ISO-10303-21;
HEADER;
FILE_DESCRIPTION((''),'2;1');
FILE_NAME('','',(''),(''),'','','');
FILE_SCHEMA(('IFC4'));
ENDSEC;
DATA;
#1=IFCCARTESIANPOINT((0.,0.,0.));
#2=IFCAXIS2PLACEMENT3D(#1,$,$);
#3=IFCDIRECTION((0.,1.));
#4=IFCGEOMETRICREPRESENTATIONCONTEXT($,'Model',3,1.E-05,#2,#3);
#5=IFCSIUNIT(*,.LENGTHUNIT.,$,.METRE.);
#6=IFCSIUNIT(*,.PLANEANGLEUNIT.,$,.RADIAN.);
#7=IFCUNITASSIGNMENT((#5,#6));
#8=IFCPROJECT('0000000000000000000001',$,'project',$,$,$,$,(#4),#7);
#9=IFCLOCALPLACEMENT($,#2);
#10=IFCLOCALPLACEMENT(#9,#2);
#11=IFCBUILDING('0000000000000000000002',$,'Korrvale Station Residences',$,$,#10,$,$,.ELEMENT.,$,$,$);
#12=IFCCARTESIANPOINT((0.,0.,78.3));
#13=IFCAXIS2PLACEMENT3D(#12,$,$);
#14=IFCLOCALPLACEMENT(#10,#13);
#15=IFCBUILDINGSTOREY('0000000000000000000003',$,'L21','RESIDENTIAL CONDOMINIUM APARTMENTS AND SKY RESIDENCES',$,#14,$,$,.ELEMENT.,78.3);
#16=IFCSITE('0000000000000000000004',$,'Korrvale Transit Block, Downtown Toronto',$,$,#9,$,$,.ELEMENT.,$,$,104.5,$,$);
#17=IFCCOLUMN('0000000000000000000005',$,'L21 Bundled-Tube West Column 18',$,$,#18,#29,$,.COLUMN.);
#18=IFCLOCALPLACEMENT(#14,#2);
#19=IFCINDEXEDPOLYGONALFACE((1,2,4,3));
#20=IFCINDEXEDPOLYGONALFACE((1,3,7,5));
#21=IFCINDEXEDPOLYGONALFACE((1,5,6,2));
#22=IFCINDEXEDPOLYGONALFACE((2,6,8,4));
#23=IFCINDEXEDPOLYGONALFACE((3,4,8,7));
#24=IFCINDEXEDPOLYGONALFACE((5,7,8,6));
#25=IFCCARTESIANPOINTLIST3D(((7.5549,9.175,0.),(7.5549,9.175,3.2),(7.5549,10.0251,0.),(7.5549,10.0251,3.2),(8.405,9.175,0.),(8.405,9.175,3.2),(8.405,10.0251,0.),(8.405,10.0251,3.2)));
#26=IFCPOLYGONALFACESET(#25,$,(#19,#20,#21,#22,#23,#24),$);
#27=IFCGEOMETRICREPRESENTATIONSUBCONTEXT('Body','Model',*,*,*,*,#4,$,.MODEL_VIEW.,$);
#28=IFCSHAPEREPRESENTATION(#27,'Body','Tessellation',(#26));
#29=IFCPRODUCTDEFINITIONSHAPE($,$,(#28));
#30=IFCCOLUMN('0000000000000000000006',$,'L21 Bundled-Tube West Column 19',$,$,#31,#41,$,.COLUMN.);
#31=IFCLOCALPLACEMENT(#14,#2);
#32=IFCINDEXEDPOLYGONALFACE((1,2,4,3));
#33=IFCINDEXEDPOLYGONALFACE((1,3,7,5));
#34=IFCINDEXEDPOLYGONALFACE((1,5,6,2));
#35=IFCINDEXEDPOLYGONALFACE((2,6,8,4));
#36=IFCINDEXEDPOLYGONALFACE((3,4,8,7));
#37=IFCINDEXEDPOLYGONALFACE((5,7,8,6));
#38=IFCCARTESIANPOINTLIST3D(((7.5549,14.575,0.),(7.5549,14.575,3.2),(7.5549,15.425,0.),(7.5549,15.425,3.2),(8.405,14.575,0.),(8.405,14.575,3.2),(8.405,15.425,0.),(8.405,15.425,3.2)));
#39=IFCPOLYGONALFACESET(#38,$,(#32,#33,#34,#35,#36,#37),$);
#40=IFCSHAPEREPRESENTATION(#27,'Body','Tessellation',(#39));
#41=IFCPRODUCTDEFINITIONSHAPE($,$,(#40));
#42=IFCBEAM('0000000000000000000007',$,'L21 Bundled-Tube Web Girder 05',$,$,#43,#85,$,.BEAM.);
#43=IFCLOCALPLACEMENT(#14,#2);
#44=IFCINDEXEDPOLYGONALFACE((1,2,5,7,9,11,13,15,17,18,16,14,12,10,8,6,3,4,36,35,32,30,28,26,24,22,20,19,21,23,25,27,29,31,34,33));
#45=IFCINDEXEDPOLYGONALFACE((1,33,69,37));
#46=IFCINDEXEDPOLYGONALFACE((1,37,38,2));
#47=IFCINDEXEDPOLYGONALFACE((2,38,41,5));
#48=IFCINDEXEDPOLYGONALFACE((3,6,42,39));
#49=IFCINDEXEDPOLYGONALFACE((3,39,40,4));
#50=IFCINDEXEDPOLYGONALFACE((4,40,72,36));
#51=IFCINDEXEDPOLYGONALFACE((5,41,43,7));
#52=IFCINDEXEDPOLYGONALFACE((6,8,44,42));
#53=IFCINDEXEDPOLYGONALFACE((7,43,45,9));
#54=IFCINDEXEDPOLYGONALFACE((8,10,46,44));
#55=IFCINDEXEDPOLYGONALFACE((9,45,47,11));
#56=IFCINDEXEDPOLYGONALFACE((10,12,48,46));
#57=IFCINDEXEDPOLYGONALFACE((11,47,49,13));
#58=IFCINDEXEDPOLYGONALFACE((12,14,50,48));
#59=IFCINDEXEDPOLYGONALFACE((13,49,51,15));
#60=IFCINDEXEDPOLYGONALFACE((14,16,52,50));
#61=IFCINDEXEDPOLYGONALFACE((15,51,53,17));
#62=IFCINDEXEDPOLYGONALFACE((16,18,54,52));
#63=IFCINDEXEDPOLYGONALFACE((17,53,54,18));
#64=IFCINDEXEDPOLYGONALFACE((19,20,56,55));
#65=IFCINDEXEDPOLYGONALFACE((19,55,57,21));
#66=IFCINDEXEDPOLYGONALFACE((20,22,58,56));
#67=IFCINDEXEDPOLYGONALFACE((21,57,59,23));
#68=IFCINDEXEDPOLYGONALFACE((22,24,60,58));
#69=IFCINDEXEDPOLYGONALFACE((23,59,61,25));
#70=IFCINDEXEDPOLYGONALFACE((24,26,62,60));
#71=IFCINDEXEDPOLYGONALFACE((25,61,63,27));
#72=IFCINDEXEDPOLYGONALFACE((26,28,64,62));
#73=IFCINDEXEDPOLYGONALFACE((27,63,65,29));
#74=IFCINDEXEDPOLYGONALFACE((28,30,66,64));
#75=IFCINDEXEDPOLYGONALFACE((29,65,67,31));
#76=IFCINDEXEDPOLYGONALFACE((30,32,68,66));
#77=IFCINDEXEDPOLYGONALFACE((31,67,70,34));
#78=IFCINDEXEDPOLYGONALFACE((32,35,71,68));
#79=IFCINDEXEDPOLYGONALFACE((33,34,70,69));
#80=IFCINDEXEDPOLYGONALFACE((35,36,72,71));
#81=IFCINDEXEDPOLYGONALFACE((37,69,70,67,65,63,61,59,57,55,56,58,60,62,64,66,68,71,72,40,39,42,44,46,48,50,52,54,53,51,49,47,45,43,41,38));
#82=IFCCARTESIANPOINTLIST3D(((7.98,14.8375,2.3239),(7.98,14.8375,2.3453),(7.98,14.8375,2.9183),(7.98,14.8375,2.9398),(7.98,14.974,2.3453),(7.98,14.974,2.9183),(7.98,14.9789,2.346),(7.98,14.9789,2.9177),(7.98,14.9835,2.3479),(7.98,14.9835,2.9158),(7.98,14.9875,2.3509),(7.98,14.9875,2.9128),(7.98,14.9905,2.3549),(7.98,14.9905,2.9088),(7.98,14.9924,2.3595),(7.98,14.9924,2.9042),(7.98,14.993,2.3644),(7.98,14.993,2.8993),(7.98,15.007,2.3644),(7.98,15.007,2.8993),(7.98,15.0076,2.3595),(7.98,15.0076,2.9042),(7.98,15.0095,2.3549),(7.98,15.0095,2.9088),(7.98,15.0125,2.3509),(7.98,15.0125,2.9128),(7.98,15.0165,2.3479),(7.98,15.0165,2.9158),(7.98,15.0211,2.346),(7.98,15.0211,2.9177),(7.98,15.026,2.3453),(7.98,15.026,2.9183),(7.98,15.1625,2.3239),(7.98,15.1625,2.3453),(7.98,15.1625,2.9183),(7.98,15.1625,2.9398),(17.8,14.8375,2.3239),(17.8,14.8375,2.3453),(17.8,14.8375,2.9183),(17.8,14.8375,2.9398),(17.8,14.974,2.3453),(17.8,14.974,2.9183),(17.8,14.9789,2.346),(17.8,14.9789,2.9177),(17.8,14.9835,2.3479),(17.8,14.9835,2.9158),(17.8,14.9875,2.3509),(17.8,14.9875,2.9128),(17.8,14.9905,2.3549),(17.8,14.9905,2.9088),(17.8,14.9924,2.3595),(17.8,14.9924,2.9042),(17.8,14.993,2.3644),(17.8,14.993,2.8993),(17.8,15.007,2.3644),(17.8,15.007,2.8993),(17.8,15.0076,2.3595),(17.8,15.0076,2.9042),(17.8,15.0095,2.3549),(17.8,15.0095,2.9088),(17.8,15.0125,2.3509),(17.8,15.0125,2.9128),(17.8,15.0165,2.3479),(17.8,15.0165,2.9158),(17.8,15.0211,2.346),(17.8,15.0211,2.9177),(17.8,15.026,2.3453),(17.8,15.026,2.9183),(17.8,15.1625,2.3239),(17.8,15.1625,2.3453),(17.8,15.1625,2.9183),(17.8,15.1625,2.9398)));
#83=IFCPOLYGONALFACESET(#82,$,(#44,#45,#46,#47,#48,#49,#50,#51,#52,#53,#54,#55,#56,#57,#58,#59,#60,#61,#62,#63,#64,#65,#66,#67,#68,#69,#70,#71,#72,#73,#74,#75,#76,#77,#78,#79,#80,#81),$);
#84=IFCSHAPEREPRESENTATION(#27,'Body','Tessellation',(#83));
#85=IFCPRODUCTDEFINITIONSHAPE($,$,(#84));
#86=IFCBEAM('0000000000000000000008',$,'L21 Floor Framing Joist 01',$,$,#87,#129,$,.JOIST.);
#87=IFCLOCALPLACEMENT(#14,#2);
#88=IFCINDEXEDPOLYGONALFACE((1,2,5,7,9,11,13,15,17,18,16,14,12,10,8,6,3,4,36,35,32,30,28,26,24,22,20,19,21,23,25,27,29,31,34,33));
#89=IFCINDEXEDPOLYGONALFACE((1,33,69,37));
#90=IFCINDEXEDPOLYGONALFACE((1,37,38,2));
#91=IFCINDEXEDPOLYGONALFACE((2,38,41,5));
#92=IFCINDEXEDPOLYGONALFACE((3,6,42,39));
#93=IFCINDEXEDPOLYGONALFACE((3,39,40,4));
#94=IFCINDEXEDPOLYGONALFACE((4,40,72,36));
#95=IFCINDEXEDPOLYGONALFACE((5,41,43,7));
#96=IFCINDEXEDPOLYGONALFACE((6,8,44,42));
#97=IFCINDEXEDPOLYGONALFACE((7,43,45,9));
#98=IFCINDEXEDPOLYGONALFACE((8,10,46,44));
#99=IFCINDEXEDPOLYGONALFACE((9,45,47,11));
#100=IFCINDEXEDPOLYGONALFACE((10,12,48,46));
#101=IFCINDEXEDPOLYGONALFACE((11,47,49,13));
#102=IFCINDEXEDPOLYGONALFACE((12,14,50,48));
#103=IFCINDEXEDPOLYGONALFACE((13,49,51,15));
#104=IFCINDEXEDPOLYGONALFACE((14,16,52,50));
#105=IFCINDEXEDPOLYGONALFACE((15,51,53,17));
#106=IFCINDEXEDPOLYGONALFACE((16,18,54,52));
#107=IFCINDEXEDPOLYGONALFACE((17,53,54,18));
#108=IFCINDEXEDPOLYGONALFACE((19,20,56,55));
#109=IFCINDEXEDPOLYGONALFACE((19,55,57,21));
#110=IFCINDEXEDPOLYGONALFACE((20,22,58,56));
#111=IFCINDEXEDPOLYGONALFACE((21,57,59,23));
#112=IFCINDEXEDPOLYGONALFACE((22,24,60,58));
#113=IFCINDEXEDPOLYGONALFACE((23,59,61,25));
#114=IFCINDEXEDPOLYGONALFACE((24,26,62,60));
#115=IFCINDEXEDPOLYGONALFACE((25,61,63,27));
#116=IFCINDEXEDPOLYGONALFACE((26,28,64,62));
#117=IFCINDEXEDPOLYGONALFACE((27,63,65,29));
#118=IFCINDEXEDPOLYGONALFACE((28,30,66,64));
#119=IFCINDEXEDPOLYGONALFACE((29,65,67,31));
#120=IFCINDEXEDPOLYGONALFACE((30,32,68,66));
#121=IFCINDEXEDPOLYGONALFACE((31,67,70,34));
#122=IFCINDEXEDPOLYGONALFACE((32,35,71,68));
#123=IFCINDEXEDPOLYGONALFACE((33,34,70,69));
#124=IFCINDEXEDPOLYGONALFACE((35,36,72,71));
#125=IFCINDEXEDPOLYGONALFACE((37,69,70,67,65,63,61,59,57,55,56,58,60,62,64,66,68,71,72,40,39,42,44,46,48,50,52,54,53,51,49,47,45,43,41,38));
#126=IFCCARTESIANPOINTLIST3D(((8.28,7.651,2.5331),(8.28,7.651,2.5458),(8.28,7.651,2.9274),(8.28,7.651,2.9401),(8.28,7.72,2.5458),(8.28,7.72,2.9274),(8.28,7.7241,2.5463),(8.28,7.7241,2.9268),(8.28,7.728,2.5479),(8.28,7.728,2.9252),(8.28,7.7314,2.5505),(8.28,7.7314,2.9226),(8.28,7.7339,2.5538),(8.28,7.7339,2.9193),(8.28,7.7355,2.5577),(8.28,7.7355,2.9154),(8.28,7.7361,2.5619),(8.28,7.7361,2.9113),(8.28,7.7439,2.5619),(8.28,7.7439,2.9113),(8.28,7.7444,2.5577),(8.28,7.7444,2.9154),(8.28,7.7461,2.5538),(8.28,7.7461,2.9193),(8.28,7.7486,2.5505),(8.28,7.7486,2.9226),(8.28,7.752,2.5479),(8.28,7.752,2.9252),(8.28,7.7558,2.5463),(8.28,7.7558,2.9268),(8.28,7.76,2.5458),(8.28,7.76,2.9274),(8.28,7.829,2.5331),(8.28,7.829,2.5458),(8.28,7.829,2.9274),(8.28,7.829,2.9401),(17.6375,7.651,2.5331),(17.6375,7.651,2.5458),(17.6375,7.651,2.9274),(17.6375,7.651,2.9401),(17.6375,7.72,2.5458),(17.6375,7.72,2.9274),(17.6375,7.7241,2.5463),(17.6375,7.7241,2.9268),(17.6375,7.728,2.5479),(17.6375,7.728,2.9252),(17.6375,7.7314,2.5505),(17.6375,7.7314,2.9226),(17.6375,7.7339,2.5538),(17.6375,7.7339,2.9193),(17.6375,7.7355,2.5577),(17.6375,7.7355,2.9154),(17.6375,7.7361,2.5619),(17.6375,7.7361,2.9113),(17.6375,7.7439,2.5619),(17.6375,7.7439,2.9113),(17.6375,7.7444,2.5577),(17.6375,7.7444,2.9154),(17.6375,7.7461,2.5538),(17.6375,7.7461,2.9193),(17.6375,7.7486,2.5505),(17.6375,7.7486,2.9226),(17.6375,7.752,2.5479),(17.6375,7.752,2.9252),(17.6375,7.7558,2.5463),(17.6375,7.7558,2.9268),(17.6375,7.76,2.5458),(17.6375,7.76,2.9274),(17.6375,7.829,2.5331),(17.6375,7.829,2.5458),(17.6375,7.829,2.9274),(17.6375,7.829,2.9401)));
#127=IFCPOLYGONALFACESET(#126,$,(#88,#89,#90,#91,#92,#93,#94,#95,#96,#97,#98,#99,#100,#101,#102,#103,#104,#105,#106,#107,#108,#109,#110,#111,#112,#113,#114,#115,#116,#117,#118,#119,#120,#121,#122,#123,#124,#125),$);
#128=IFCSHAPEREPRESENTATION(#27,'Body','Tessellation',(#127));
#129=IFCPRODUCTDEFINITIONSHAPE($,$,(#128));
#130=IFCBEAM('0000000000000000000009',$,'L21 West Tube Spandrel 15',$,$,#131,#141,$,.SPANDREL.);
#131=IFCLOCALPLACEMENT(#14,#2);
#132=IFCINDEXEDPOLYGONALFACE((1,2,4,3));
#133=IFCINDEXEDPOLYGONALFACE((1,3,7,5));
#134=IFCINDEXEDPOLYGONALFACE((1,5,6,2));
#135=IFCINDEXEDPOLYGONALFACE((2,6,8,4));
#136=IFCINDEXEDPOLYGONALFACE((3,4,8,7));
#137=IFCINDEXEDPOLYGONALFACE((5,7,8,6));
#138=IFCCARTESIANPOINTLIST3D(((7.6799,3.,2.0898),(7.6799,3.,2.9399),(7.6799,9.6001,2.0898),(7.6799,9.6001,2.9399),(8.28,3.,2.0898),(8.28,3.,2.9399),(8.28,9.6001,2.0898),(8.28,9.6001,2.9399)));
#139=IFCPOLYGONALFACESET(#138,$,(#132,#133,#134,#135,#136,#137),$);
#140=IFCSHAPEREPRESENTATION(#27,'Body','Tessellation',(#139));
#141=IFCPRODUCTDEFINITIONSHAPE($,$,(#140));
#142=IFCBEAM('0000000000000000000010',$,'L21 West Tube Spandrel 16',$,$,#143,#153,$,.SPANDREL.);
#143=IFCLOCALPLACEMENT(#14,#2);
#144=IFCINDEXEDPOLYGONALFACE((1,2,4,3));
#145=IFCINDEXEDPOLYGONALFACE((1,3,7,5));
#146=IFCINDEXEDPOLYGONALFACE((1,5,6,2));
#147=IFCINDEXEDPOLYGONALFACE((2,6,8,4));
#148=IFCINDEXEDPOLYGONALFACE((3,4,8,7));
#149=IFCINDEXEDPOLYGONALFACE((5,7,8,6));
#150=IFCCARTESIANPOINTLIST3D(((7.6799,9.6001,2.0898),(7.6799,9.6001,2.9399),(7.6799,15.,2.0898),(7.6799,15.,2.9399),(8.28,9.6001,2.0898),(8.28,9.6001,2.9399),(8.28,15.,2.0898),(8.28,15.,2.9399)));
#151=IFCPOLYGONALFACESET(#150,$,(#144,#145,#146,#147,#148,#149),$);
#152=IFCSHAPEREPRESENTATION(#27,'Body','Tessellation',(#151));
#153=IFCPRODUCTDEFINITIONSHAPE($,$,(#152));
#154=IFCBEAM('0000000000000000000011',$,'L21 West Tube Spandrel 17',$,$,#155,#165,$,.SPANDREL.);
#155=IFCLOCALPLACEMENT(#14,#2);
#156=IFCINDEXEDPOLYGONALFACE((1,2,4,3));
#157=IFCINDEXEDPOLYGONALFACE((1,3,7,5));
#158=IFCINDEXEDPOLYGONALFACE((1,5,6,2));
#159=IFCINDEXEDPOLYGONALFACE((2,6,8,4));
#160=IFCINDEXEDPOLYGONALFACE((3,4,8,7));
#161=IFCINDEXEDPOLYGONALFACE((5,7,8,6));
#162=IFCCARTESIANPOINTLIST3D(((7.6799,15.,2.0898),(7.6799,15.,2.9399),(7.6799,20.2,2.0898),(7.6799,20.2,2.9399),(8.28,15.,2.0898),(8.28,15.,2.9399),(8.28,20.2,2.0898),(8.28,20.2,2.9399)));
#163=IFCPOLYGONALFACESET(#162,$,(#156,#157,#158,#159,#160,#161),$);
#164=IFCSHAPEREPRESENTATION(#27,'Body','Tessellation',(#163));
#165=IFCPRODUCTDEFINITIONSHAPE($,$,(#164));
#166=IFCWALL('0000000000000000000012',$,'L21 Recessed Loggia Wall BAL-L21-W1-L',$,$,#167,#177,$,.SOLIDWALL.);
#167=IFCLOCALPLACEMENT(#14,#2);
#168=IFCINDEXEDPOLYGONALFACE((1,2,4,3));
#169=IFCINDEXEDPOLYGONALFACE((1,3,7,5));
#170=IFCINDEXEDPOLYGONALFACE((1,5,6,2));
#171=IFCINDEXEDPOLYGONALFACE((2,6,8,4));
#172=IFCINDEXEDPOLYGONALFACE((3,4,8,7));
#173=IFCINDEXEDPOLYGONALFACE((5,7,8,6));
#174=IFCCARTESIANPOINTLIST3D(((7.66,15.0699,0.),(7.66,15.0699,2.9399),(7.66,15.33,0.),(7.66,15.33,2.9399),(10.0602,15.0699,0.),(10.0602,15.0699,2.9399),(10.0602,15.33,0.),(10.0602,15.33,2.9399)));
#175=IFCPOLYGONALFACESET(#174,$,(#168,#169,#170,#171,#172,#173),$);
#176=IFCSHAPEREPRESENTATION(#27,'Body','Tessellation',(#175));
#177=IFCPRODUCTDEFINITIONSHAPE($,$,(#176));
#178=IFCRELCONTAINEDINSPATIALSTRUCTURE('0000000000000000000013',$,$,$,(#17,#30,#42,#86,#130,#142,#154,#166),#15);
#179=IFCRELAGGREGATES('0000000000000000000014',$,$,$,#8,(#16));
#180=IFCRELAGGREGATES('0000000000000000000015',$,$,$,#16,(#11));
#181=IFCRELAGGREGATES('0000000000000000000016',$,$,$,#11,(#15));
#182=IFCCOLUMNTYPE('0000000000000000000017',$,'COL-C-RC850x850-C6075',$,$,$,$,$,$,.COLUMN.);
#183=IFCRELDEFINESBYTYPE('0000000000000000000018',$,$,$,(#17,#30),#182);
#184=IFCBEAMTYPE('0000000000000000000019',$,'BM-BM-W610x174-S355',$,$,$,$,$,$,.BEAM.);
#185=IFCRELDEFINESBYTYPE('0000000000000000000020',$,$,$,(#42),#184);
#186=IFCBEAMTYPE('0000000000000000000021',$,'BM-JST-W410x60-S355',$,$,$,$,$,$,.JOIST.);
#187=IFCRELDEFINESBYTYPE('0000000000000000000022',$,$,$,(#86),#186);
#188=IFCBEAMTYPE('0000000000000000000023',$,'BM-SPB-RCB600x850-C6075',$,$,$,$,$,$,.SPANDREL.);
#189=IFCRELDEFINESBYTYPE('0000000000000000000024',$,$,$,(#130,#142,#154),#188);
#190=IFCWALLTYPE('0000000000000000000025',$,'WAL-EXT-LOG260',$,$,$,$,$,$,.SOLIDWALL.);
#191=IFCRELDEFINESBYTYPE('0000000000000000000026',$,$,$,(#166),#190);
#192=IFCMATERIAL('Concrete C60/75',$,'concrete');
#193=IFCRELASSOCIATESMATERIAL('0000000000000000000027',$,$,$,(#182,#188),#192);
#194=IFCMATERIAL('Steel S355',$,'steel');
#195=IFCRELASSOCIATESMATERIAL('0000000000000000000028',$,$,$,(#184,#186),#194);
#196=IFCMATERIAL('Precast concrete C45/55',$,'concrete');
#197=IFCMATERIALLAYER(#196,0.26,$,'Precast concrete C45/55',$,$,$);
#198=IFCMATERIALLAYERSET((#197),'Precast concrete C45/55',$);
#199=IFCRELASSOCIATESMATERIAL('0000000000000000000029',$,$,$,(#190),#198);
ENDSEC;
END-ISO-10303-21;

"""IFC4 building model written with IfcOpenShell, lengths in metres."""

from ifc_helpers import new_model, si_unit, direction, frame, frame_2d, origin, origin_2d, place, context, subcontext, project, spatial, rectangle, i_section, extrude, material, layer, layer_set, material_profile, profile_set, type_object, element, save


model = new_model("IFC4")

# Units and contexts
model_context = context("Model", 3, precision=1e-05, world=origin(), true_north=direction((0.0, 1.0)))
body_context = subcontext(model_context, "Body", "Model", "MODEL_VIEW")
ifc_project = project(units=[si_unit("LENGTHUNIT", "METRE"), si_unit("PLANEANGLEUNIT", "RADIAN")], contexts=[model_context])

# Site, building, storey
site_placement = place(None, origin())
site = spatial("IfcSite", under=ifc_project, at=site_placement, Name="Korrvale Transit Block, Downtown Toronto", CompositionType="ELEMENT", RefElevation=104.5)
building_placement = place(site_placement, origin())
building = spatial("IfcBuilding", under=site, at=building_placement, Name="Korrvale Station Residences", CompositionType="ELEMENT")
storey_placement = place(building_placement, frame((0.0, 0.0, 78.3)))
storey = spatial("IfcBuildingStorey", under=building, at=storey_placement, Name="L21", Description="RESIDENTIAL CONDOMINIUM APARTMENTS AND SKY RESIDENCES", CompositionType="ELEMENT", Elevation=78.3)

# Columns
ifc_material_1 = material(Name="Concrete C60/75", Category="concrete")
ifc_material_profile_1 = material_profile(ifc_material_1, rectangle(XDim=0.8501, YDim=0.8501, at=origin_2d()), Name="RC850x850")
ifc_profile_set_1 = profile_set([ifc_material_profile_1], Name="Concrete C60/75")
column_type = type_object("IfcColumnType", Name="COL-C-RC850x850-C6075", PredefinedType="COLUMN", material=ifc_profile_set_1)
for number, where, z_axis, x_axis, name in (
    (1, (7.98, 9.6001, 0.0), (0.0, 0.0, 1.0), (1.0, 0.0, 0.0), "L21 Bundled-Tube West Column 18"),
    (2, (7.98, 15.0, 0.0), (0.0, 0.0, 1.0), (1.0, 0.0, 0.0), "L21 Bundled-Tube West Column 19"),
):
    element("IfcColumn", number, at=place(storey_placement, frame(where, z_axis=z_axis, x_axis=x_axis)), inside=storey, type_object=column_type, Name=name, PredefinedType="COLUMN", context=body_context, shape_type="SweptSolid", body=[
        extrude(rectangle(XDim=0.8501, YDim=0.8501, at=origin_2d()), origin(), (0.0, 0.0, 1.0), 3.2),
    ])

# Beams
ifc_material_2 = material(Name="Steel S355", Category="steel")
ifc_material_profile_2 = material_profile(ifc_material_2, i_section(OverallWidth=0.325, OverallDepth=0.616, WebThickness=0.0139, FlangeThickness=0.0215, FilletRadius=0.019, at=origin_2d()), Name="W610x174")
ifc_profile_set_2 = profile_set([ifc_material_profile_2], Name="Steel S355")
beam_type_1 = type_object("IfcBeamType", Name="BM-BM-W610x174-S355", PredefinedType="BEAM", material=ifc_profile_set_2)
beam_1_placement = place(storey_placement, frame((7.98, 15.0, 2.6318), z_axis=(1.0, 0.0, 0.0), x_axis=(0.0, 1.0, 0.0)))
element("IfcBeam", 3, at=beam_1_placement, inside=storey, type_object=beam_type_1, Name="L21 Bundled-Tube Web Girder 05", PredefinedType="BEAM", context=body_context, shape_type="SweptSolid", body=[
    extrude(i_section(OverallWidth=0.325, OverallDepth=0.616, WebThickness=0.0139, FlangeThickness=0.0215, FilletRadius=0.019, at=origin_2d()), origin(), (0.0, 0.0, 1.0), 9.8201),
])
ifc_material_profile_3 = material_profile(ifc_material_2, i_section(OverallWidth=0.178, OverallDepth=0.407, WebThickness=0.0078, FlangeThickness=0.0127, FilletRadius=0.0161, at=origin_2d()), Name="W410x60")
ifc_profile_set_3 = profile_set([ifc_material_profile_3], Name="Steel S355")
beam_type_2 = type_object("IfcBeamType", Name="BM-JST-W410x60-S355", PredefinedType="JOIST", material=ifc_profile_set_3)
beam_2_placement = place(storey_placement, frame((8.28, 7.74, 2.7366), z_axis=(1.0, 0.0, 0.0), x_axis=(0.0, 1.0, 0.0)))
element("IfcBeam", 4, at=beam_2_placement, inside=storey, type_object=beam_type_2, Name="L21 Floor Framing Joist 01", PredefinedType="JOIST", context=body_context, shape_type="SweptSolid", body=[
    extrude(i_section(OverallWidth=0.178, OverallDepth=0.407, WebThickness=0.0078, FlangeThickness=0.0127, FilletRadius=0.0161, at=origin_2d()), origin(), (0.0, 0.0, 1.0), 9.3574),
])
ifc_material_profile_4 = material_profile(ifc_material_1, rectangle(XDim=0.6001, YDim=0.8501, at=origin_2d()), Name="RCB600x850")
ifc_profile_set_4 = profile_set([ifc_material_profile_4], Name="Concrete C60/75")
beam_type_3 = type_object("IfcBeamType", Name="BM-SPB-RCB600x850-C6075", PredefinedType="SPANDREL", material=ifc_profile_set_4)
beam_3_placement = place(storey_placement, frame((7.98, 3.0, 2.5149), z_axis=(0.0, 1.0, 0.0), x_axis=(-1.0, 0.0, 0.0)))
element("IfcBeam", 5, at=beam_3_placement, inside=storey, type_object=beam_type_3, Name="L21 West Tube Spandrel 15", PredefinedType="SPANDREL", context=body_context, shape_type="SweptSolid", body=[
    extrude(rectangle(XDim=0.6001, YDim=0.8501, at=origin_2d()), origin(), (0.0, 0.0, 1.0), 6.6001),
])
beam_4_placement = place(storey_placement, frame((7.98, 9.6001, 2.5149), z_axis=(0.0, 1.0, 0.0), x_axis=(-1.0, 0.0, 0.0)))
element("IfcBeam", 6, at=beam_4_placement, inside=storey, type_object=beam_type_3, Name="L21 West Tube Spandrel 16", PredefinedType="SPANDREL", context=body_context, shape_type="SweptSolid", body=[
    extrude(rectangle(XDim=0.6001, YDim=0.8501, at=origin_2d()), origin(), (0.0, 0.0, 1.0), 5.3999),
])
beam_5_placement = place(storey_placement, frame((7.98, 15.0, 2.5149), z_axis=(0.0, 1.0, 0.0), x_axis=(-1.0, 0.0, 0.0)))
element("IfcBeam", 7, at=beam_5_placement, inside=storey, type_object=beam_type_3, Name="L21 West Tube Spandrel 17", PredefinedType="SPANDREL", context=body_context, shape_type="SweptSolid", body=[
    extrude(rectangle(XDim=0.6001, YDim=0.8501, at=origin_2d()), origin(), (0.0, 0.0, 1.0), 5.2),
])

# Wall
ifc_material_3 = material(Name="Precast concrete C45/55", Category="concrete")
ifc_layer_1 = layer(ifc_material_3, 0.26, Name="Precast concrete C45/55")
ifc_layer_set_1 = layer_set([ifc_layer_1], Name="Precast concrete C45/55")
wall_type_1 = type_object("IfcWallType", Name="WAL-EXT-LOG260", PredefinedType="SOLIDWALL", material=ifc_layer_set_1)
wall_1_placement = place(storey_placement, frame((7.6599, 15.2, 0.0), z_axis=(0.0, 0.0, 1.0), x_axis=(1.0, 0.0, 0.0)))
element("IfcWall", 8, at=wall_1_placement, inside=storey, type_object=wall_type_1, Name="L21 Recessed Loggia Wall BAL-L21-W1-L", PredefinedType="SOLIDWALL", context=body_context, shape_type="SweptSolid", body=[
    extrude(rectangle(XDim=2.4001, YDim=0.26, at=frame_2d((1.2002, 0.0))), origin(), (0.0, 0.0, 1.0), 2.9399),
])

save(model, "model.ifc")
